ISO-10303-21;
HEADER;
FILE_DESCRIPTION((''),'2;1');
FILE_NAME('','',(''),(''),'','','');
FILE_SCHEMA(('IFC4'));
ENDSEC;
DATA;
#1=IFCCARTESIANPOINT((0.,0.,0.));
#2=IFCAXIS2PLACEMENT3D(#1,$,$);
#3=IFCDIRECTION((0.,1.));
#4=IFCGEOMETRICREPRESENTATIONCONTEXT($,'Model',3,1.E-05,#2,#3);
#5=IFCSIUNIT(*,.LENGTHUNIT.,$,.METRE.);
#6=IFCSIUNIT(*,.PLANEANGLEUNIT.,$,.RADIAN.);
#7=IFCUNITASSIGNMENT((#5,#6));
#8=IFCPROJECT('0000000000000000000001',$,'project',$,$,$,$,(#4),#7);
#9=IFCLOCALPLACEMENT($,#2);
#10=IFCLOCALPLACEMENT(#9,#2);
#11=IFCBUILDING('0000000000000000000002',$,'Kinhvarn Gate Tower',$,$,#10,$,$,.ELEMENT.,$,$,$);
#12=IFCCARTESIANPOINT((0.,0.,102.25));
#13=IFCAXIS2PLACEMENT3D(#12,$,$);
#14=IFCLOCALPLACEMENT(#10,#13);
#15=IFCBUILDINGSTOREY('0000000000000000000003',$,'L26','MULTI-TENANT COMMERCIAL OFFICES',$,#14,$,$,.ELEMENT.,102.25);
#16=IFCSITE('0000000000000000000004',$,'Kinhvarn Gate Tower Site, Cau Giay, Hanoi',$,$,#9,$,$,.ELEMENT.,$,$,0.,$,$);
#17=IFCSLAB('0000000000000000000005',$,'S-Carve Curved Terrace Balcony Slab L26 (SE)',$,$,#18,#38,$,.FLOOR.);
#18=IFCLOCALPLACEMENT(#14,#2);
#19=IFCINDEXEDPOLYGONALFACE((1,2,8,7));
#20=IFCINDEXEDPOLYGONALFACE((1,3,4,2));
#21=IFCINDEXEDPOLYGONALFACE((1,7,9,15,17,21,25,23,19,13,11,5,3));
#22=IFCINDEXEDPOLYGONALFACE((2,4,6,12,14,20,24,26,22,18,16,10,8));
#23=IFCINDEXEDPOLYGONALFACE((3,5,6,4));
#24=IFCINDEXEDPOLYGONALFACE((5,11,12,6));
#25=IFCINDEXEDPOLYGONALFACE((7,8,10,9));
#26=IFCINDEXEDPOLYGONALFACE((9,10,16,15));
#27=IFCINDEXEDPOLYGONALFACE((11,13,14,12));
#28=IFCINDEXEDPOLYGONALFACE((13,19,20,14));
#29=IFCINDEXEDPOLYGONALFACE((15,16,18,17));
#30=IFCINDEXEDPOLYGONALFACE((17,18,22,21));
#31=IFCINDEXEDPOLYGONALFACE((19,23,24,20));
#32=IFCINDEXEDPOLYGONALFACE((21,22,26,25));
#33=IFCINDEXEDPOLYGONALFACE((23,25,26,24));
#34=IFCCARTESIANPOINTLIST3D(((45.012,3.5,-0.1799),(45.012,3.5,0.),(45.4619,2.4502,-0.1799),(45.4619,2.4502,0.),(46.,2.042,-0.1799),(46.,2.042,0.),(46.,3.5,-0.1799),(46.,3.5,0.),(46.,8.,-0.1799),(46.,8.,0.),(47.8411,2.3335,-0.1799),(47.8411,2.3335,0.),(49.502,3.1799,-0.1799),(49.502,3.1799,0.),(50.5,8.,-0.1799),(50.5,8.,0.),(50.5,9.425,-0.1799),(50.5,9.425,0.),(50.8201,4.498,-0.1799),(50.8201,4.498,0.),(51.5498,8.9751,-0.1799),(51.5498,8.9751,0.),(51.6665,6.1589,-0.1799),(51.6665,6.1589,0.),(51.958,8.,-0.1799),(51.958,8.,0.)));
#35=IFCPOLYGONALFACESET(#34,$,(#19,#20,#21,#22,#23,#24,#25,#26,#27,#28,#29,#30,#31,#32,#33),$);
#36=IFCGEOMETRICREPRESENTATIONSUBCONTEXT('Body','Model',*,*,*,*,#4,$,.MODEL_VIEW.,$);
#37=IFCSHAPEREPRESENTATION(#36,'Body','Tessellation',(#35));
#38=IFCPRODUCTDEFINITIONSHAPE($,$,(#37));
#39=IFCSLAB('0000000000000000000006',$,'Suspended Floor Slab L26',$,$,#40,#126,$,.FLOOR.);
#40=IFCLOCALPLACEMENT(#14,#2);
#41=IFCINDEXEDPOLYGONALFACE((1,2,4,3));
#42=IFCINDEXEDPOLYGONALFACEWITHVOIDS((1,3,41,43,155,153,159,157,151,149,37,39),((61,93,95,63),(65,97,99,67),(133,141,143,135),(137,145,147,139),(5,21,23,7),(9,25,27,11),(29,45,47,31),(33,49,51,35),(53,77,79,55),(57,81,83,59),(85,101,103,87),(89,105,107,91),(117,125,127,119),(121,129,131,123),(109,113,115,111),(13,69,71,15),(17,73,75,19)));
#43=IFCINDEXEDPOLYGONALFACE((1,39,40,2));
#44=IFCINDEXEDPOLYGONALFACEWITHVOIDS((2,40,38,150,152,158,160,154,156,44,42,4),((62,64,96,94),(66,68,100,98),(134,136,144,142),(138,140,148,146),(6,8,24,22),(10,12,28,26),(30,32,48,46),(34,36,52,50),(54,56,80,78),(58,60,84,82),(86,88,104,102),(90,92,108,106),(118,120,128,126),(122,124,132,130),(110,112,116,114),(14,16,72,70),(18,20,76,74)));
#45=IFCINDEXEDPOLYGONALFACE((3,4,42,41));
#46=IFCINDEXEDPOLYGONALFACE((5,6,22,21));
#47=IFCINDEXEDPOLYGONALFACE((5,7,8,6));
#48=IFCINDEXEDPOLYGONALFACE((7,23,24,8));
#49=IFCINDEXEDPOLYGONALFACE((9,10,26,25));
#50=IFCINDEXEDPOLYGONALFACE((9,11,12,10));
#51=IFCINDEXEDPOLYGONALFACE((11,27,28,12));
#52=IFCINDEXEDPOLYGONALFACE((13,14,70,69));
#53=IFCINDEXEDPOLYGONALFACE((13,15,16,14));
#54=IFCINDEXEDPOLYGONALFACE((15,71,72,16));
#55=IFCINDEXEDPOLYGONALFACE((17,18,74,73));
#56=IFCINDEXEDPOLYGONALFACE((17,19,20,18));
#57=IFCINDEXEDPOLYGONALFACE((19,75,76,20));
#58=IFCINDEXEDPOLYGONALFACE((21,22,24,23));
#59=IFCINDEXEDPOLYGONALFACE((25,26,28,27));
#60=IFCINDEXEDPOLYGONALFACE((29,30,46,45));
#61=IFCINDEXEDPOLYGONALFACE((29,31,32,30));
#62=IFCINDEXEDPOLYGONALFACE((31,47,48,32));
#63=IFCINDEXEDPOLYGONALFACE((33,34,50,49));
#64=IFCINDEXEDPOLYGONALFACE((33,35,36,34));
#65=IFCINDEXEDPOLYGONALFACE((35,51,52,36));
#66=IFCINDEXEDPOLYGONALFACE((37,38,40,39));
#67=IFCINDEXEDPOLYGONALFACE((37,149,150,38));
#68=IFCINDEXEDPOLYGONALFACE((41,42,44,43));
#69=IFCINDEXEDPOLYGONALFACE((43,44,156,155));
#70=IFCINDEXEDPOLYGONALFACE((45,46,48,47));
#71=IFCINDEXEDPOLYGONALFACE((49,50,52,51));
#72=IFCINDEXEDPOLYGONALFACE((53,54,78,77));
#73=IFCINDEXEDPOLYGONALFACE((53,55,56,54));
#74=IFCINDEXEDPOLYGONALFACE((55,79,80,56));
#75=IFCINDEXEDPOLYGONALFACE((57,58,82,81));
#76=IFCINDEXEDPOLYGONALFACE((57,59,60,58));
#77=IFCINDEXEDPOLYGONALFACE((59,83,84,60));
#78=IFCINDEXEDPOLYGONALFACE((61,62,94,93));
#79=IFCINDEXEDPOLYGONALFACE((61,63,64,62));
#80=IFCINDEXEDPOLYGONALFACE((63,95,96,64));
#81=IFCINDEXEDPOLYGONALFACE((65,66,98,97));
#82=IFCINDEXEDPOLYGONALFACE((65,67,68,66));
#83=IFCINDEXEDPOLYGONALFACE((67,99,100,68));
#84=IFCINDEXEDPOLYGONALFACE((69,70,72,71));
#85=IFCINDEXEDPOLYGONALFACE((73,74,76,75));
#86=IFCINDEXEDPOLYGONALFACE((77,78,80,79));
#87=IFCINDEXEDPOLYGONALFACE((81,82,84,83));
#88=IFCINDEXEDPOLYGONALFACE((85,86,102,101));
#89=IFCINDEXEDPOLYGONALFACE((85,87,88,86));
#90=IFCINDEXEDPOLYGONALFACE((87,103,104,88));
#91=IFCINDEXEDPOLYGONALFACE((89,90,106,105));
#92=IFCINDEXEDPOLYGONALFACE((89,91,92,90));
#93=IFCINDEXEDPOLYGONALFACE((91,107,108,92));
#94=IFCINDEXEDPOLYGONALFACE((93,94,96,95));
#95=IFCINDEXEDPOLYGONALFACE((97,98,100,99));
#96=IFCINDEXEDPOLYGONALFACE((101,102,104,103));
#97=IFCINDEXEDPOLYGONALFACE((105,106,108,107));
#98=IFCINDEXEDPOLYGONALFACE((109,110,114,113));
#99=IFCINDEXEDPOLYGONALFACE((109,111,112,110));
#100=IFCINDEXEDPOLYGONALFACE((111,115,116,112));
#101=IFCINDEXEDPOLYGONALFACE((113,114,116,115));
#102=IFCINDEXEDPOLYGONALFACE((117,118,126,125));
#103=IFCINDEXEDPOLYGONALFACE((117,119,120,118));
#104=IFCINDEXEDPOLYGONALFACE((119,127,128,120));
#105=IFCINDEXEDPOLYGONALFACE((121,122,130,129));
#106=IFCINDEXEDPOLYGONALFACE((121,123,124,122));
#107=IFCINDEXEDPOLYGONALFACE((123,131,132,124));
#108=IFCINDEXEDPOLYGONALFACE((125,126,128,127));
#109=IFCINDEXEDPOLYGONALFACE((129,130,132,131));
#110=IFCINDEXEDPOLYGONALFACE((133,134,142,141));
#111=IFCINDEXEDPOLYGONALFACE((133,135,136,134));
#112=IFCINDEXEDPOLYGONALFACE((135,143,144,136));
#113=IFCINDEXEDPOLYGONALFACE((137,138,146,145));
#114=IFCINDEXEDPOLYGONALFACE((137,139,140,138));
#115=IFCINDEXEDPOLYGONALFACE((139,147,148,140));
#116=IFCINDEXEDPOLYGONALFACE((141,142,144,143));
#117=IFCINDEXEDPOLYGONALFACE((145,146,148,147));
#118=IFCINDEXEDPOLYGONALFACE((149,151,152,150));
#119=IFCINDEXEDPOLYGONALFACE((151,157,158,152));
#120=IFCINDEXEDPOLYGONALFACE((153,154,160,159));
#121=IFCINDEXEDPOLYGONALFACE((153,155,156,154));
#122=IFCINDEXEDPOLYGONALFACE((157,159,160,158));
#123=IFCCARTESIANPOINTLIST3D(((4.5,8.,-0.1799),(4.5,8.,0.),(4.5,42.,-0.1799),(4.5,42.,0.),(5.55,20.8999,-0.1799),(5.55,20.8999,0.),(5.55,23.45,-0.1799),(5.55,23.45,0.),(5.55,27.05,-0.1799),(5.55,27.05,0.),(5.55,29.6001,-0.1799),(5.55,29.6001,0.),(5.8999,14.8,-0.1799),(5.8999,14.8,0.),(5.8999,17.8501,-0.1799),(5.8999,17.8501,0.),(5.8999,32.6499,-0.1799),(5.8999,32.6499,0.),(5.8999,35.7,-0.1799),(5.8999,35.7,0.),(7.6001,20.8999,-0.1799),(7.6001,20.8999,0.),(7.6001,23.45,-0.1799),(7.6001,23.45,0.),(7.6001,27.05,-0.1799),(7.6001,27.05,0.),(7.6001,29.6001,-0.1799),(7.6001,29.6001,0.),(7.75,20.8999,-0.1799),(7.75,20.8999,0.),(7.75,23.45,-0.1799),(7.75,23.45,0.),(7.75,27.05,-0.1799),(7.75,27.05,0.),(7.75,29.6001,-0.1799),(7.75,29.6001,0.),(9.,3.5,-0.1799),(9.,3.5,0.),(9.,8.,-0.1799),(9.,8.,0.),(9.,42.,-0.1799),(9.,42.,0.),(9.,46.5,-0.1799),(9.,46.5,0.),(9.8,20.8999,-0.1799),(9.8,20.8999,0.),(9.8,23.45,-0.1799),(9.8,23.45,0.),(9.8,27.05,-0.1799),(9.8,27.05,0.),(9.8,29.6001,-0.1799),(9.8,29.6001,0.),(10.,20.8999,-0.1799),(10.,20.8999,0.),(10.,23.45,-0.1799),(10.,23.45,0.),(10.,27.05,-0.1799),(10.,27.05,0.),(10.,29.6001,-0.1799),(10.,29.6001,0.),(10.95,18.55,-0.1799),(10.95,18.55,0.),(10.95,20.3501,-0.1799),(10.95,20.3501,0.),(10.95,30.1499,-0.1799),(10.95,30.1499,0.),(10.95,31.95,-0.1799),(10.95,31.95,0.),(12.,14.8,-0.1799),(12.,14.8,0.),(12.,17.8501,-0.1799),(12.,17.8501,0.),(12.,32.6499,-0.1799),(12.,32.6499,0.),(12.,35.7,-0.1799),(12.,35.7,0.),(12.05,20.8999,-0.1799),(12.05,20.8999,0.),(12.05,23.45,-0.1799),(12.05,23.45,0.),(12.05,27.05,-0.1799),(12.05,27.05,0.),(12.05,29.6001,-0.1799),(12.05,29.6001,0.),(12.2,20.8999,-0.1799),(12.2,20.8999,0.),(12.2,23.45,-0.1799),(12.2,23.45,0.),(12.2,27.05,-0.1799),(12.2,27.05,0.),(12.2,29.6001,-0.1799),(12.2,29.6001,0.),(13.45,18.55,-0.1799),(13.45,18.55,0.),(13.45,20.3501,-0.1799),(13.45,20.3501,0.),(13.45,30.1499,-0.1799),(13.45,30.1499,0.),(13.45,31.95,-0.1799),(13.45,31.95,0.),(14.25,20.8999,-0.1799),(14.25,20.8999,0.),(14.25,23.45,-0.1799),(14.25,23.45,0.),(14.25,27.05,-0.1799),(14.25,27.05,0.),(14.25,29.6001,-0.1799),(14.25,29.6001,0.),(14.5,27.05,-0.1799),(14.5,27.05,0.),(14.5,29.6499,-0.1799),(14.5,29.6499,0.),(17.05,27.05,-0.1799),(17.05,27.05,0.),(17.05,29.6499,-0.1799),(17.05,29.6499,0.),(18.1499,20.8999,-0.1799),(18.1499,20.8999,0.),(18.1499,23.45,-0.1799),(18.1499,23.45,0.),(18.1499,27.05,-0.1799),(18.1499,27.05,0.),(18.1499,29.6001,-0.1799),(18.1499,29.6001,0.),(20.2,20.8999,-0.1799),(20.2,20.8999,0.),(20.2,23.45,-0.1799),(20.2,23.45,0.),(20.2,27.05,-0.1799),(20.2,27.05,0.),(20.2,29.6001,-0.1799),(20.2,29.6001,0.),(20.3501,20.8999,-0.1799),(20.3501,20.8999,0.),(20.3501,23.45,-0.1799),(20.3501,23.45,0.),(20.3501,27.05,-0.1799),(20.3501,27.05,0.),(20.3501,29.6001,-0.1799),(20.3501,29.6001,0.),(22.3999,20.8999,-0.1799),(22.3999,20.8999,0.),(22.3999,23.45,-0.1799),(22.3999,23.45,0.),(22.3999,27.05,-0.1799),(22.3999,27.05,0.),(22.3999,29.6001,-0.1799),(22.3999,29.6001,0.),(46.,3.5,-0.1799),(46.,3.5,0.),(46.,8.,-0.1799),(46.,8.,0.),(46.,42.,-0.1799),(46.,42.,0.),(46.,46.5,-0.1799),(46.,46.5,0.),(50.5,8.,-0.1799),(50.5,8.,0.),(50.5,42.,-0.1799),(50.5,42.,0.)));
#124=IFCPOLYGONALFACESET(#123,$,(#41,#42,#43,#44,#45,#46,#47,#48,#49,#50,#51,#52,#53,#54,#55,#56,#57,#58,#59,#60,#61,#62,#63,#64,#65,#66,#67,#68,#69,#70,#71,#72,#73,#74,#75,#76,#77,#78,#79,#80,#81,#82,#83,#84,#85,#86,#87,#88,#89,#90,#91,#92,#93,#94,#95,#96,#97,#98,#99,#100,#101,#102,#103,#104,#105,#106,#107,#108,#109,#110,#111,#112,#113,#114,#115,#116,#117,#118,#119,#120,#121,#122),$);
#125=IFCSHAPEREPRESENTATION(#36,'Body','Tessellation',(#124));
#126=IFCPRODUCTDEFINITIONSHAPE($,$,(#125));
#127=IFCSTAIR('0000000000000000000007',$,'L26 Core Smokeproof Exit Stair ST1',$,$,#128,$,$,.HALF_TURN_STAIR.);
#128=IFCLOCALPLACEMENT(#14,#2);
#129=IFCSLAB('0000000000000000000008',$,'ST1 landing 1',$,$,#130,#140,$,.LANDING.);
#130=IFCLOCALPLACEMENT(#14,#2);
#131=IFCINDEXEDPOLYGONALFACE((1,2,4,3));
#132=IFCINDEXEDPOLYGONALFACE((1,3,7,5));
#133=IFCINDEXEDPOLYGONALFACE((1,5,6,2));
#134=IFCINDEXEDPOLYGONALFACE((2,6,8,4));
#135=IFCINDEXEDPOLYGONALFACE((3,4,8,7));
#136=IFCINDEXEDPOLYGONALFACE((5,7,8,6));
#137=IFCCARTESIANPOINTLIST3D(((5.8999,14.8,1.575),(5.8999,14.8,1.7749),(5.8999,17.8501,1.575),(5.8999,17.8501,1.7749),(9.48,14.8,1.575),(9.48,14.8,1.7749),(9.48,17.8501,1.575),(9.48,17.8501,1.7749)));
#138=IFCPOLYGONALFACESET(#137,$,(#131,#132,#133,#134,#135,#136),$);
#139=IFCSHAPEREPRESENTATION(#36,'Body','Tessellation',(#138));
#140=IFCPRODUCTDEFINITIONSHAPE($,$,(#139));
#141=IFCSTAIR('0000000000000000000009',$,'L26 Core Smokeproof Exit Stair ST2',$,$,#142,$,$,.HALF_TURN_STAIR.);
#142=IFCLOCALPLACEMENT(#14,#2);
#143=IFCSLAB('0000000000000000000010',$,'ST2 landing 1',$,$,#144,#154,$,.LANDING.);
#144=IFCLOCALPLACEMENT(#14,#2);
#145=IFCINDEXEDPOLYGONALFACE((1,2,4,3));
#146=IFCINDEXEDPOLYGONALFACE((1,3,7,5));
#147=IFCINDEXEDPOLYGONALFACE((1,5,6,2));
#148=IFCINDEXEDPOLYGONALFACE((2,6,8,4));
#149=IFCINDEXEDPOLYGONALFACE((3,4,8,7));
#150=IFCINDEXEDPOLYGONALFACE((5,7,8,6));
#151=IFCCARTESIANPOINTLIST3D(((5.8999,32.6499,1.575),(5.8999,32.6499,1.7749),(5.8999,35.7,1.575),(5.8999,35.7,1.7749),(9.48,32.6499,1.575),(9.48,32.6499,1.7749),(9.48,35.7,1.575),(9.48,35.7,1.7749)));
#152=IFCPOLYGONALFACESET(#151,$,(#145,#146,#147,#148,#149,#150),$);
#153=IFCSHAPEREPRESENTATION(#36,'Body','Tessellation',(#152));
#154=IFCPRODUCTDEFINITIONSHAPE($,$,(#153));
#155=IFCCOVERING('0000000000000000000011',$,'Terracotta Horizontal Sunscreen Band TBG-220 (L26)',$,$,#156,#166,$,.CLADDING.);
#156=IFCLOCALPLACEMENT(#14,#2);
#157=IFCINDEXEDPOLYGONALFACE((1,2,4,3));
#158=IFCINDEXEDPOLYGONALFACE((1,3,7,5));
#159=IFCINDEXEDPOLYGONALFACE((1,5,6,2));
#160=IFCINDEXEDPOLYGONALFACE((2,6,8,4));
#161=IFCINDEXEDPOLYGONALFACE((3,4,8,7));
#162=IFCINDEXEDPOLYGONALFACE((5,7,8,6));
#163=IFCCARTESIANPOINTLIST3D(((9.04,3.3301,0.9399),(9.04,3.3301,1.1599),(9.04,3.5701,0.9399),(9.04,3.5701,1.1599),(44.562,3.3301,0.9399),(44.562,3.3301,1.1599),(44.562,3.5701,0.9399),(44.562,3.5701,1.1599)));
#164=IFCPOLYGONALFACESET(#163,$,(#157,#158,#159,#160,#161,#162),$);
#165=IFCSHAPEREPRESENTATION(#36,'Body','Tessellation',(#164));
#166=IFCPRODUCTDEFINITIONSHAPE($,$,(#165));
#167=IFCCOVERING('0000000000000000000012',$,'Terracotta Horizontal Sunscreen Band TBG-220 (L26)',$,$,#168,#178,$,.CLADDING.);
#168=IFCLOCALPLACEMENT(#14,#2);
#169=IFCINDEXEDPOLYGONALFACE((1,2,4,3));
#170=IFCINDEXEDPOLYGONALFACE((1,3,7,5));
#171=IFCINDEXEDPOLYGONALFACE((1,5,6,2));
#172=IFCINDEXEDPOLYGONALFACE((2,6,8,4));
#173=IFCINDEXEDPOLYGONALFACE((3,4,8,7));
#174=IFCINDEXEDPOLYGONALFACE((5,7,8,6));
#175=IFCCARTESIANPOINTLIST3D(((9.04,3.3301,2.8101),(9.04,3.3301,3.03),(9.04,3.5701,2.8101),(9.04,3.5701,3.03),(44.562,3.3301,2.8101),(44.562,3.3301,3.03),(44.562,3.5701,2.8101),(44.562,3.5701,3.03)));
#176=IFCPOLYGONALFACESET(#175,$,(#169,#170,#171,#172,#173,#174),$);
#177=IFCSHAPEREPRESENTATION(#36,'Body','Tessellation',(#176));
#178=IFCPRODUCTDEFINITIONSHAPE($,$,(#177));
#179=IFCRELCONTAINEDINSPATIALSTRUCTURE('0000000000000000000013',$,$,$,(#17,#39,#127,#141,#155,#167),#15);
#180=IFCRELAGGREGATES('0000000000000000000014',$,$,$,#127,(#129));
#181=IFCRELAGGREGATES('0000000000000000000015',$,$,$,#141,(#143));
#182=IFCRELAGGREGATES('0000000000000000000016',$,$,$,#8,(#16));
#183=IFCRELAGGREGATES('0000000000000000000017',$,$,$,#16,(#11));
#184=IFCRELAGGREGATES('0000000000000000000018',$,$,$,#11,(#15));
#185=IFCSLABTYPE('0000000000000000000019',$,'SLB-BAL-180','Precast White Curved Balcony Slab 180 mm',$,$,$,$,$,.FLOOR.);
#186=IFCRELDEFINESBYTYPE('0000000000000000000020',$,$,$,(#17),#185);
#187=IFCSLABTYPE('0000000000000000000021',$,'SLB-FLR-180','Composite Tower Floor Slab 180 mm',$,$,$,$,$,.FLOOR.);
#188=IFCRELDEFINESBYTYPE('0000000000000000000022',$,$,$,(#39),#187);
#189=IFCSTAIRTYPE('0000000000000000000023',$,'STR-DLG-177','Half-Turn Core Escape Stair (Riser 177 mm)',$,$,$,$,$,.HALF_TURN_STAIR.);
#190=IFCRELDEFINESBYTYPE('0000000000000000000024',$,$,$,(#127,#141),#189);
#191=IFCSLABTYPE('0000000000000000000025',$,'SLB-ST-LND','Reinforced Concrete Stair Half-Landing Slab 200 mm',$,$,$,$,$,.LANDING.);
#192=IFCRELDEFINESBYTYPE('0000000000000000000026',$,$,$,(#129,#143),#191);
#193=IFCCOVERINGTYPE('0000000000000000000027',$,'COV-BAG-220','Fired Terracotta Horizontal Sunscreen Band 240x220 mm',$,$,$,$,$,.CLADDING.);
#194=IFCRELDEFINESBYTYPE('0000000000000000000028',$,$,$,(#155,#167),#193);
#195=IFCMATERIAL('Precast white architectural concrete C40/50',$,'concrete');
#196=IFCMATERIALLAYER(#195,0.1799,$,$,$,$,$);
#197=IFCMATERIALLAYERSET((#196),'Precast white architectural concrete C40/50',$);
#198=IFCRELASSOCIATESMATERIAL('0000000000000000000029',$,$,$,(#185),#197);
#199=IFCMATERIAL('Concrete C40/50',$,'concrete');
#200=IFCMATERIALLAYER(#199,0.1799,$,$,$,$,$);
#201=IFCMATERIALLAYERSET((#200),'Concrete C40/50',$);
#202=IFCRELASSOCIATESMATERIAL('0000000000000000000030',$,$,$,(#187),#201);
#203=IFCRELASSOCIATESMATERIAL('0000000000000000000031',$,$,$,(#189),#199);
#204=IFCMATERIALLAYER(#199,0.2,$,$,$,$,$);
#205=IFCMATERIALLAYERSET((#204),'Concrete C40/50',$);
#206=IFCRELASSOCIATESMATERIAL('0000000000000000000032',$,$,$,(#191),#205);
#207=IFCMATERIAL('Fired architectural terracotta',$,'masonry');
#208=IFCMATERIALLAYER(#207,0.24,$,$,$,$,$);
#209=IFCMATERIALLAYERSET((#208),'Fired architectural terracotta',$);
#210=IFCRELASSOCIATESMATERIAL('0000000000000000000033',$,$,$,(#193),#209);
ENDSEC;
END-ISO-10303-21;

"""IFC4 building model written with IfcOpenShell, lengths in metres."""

from ifc_helpers import new_model, si_unit, direction, frame, origin, place, context, subcontext, project, spatial, polyline, outline, extrude, material, layer, layer_set, type_object, element, aggregate, save


model = new_model("IFC4")

# Units and contexts
model_context = context("Model", 3, precision=1e-05, world=origin(), true_north=direction((0.0, 1.0)))
body_context = subcontext(model_context, "Body", "Model", "MODEL_VIEW")
ifc_project = project(units=[si_unit("LENGTHUNIT", "METRE"), si_unit("PLANEANGLEUNIT", "RADIAN")], contexts=[model_context])

# Site, building, storey
site_placement = place(None, origin())
site = spatial("IfcSite", under=ifc_project, at=site_placement, Name="Kinhvarn Gate Tower Site, Cau Giay, Hanoi", CompositionType="ELEMENT", RefElevation=0.0)
building_placement = place(site_placement, origin())
building = spatial("IfcBuilding", under=site, at=building_placement, Name="Kinhvarn Gate Tower", CompositionType="ELEMENT")
storey_placement = place(building_placement, frame((0.0, 0.0, 102.25)))
storey = spatial("IfcBuildingStorey", under=building, at=storey_placement, Name="L26", Description="MULTI-TENANT COMMERCIAL OFFICES", CompositionType="ELEMENT", Elevation=102.25)

# Slabs
ifc_material_1 = material(Name="Precast white architectural concrete C40/50", Category="concrete")
ifc_layer_1 = layer(ifc_material_1, 0.1799)
ifc_layer_set_1 = layer_set([ifc_layer_1], Name="Precast white architectural concrete C40/50")
slab_type_1 = type_object("IfcSlabType", Name="SLB-BAL-180", Description="Precast White Curved Balcony Slab 180 mm", PredefinedType="FLOOR", material=ifc_layer_set_1)
slab_1_placement = place(storey_placement, frame((0.0, 0.0, -0.1799)))
element("IfcSlab", 1, at=slab_1_placement, inside=storey, type_object=slab_type_1, Name="S-Carve Curved Terrace Balcony Slab L26 (SE)", PredefinedType="FLOOR", context=body_context, shape_type="SweptSolid", body=[
    extrude(outline(polyline([(45.012, 3.5), (45.4619, 2.4502), (46.0, 2.042), (47.8411, 2.3335), (49.502, 3.1799), (50.8201, 4.498), (51.6665, 6.1589), (51.958, 8.0), (51.5498, 8.9751), (50.5, 9.425), (50.5, 8.0), (46.0, 8.0), (46.0, 3.5), (45.012, 3.5)])), origin(), (0.0, 0.0, 1.0), 0.1799),
])
ifc_material_2 = material(Name="Concrete C40/50", Category="concrete")
ifc_layer_2 = layer(ifc_material_2, 0.1799)
ifc_layer_set_2 = layer_set([ifc_layer_2], Name="Concrete C40/50")
slab_type_2 = type_object("IfcSlabType", Name="SLB-FLR-180", Description="Composite Tower Floor Slab 180 mm", PredefinedType="FLOOR", material=ifc_layer_set_2)
slab_2_placement = place(storey_placement, frame((0.0, 0.0, -0.1799)))
element("IfcSlab", 2, at=slab_2_placement, inside=storey, type_object=slab_type_2, Name="Suspended Floor Slab L26", PredefinedType="FLOOR", context=body_context, shape_type="SweptSolid", body=[
    extrude(outline(polyline([(9.0, 3.5), (46.0, 3.5), (46.0, 8.0), (50.5, 8.0), (50.5, 42.0), (46.0, 42.0), (46.0, 46.5), (9.0, 46.5), (9.0, 42.0), (4.5, 42.0), (4.5, 8.0), (9.0, 8.0), (9.0, 3.5)]), holes=[polyline([(5.8999, 14.8), (12.0, 14.8), (12.0, 17.8501), (5.8999, 17.8501), (5.8999, 14.8)]), polyline([(5.8999, 32.6499), (12.0, 32.6499), (12.0, 35.7), (5.8999, 35.7), (5.8999, 32.6499)]), polyline([(18.1499, 20.8999), (20.2, 20.8999), (20.2, 23.45), (18.1499, 23.45), (18.1499, 20.8999)]), polyline([(20.3501, 20.8999), (22.3999, 20.8999), (22.3999, 23.45), (20.3501, 23.45), (20.3501, 20.8999)]), polyline([(18.1499, 27.05), (20.2, 27.05), (20.2, 29.6001), (18.1499, 29.6001), (18.1499, 27.05)]), polyline([(20.3501, 27.05), (22.3999, 27.05), (22.3999, 29.6001), (20.3501, 29.6001), (20.3501, 27.05)]), polyline([(5.55, 20.8999), (7.6001, 20.8999), (7.6001, 23.45), (5.55, 23.45), (5.55, 20.8999)]), polyline([(7.75, 20.8999), (9.8, 20.8999), (9.8, 23.45), (7.75, 23.45), (7.75, 20.8999)]), polyline([(5.55, 27.05), (7.6001, 27.05), (7.6001, 29.6001), (5.55, 29.6001), (5.55, 27.05)]), polyline([(7.75, 27.05), (9.8, 27.05), (9.8, 29.6001), (7.75, 29.6001), (7.75, 27.05)]), polyline([(10.0, 20.8999), (12.05, 20.8999), (12.05, 23.45), (10.0, 23.45), (10.0, 20.8999)]), polyline([(12.2, 20.8999), (14.25, 20.8999), (14.25, 23.45), (12.2, 23.45), (12.2, 20.8999)]), polyline([(10.0, 27.05), (12.05, 27.05), (12.05, 29.6001), (10.0, 29.6001), (10.0, 27.05)]), polyline([(12.2, 27.05), (14.25, 27.05), (14.25, 29.6001), (12.2, 29.6001), (12.2, 27.05)]), polyline([(14.5, 27.05), (17.05, 27.05), (17.05, 29.6499), (14.5, 29.6499), (14.5, 27.05)]), polyline([(10.95, 18.55), (13.45, 18.55), (13.45, 20.3501), (10.95, 20.3501), (10.95, 18.55)]), polyline([(10.95, 30.1499), (13.45, 30.1499), (13.45, 31.95), (10.95, 31.95), (10.95, 30.1499)])]), origin(), (0.0, 0.0, 1.0), 0.1799),
])

# Stairs, slabs
stair_type = type_object("IfcStairType", Name="STR-DLG-177", Description="Half-Turn Core Escape Stair (Riser 177 mm)", PredefinedType="HALF_TURN_STAIR", material=ifc_material_2)
stair_1_placement = place(storey_placement, origin())
stair_1 = element("IfcStair", 3, at=stair_1_placement, inside=storey, type_object=stair_type, Name="L26 Core Smokeproof Exit Stair ST1", PredefinedType="HALF_TURN_STAIR")
ifc_layer_3 = layer(ifc_material_2, 0.2)
ifc_layer_set_3 = layer_set([ifc_layer_3], Name="Concrete C40/50")
slab_type_3 = type_object("IfcSlabType", Name="SLB-ST-LND", Description="Reinforced Concrete Stair Half-Landing Slab 200 mm", PredefinedType="LANDING", material=ifc_layer_set_3)
slab_3_placement = place(storey_placement, frame((0.0, 0.0, 1.575)))
slab_3 = element("IfcSlab", 4, at=slab_3_placement, type_object=slab_type_3, Name="ST1 landing 1", PredefinedType="LANDING", context=body_context, shape_type="SweptSolid", body=[
    extrude(outline(polyline([(9.48, 17.8501), (5.8999, 17.8501), (5.8999, 14.8), (9.48, 14.8), (9.48, 17.8501)])), origin(), (0.0, 0.0, 1.0), 0.2),
])
aggregate(stair_1, [slab_3])
stair_2_placement = place(storey_placement, origin())
stair_2 = element("IfcStair", 5, at=stair_2_placement, inside=storey, type_object=stair_type, Name="L26 Core Smokeproof Exit Stair ST2", PredefinedType="HALF_TURN_STAIR")
slab_4_placement = place(storey_placement, frame((0.0, 0.0, 1.575)))
slab_4 = element("IfcSlab", 6, at=slab_4_placement, type_object=slab_type_3, Name="ST2 landing 1", PredefinedType="LANDING", context=body_context, shape_type="SweptSolid", body=[
    extrude(outline(polyline([(9.48, 35.7), (5.8999, 35.7), (5.8999, 32.6499), (9.48, 32.6499), (9.48, 35.7)])), origin(), (0.0, 0.0, 1.0), 0.2),
])
aggregate(stair_2, [slab_4])

# Coverings
ifc_material_3 = material(Name="Fired architectural terracotta", Category="masonry")
ifc_layer_4 = layer(ifc_material_3, 0.24)
ifc_layer_set_4 = layer_set([ifc_layer_4], Name="Fired architectural terracotta")
covering_type_1 = type_object("IfcCoveringType", Name="COV-BAG-220", Description="Fired Terracotta Horizontal Sunscreen Band 240x220 mm", PredefinedType="CLADDING", material=ifc_layer_set_4)
for number, where, name in (
    (7, (0.0, 0.0, 0.9399), "Terracotta Horizontal Sunscreen Band TBG-220 (L26)"),
    (8, (0.0, 0.0, 2.8101), "Terracotta Horizontal Sunscreen Band TBG-220 (L26)"),
):
    element("IfcCovering", number, at=place(storey_placement, frame(where)), inside=storey, type_object=covering_type_1, Name=name, PredefinedType="CLADDING", context=body_context, shape_type="SweptSolid", body=[
        extrude(outline(polyline([(9.04, 3.5701), (44.562, 3.5701), (44.562, 3.3301), (9.04, 3.3301), (9.04, 3.5701)])), origin(), (0.0, 0.0, 1.0), 0.22),
    ])

save(model, "model.ifc")
